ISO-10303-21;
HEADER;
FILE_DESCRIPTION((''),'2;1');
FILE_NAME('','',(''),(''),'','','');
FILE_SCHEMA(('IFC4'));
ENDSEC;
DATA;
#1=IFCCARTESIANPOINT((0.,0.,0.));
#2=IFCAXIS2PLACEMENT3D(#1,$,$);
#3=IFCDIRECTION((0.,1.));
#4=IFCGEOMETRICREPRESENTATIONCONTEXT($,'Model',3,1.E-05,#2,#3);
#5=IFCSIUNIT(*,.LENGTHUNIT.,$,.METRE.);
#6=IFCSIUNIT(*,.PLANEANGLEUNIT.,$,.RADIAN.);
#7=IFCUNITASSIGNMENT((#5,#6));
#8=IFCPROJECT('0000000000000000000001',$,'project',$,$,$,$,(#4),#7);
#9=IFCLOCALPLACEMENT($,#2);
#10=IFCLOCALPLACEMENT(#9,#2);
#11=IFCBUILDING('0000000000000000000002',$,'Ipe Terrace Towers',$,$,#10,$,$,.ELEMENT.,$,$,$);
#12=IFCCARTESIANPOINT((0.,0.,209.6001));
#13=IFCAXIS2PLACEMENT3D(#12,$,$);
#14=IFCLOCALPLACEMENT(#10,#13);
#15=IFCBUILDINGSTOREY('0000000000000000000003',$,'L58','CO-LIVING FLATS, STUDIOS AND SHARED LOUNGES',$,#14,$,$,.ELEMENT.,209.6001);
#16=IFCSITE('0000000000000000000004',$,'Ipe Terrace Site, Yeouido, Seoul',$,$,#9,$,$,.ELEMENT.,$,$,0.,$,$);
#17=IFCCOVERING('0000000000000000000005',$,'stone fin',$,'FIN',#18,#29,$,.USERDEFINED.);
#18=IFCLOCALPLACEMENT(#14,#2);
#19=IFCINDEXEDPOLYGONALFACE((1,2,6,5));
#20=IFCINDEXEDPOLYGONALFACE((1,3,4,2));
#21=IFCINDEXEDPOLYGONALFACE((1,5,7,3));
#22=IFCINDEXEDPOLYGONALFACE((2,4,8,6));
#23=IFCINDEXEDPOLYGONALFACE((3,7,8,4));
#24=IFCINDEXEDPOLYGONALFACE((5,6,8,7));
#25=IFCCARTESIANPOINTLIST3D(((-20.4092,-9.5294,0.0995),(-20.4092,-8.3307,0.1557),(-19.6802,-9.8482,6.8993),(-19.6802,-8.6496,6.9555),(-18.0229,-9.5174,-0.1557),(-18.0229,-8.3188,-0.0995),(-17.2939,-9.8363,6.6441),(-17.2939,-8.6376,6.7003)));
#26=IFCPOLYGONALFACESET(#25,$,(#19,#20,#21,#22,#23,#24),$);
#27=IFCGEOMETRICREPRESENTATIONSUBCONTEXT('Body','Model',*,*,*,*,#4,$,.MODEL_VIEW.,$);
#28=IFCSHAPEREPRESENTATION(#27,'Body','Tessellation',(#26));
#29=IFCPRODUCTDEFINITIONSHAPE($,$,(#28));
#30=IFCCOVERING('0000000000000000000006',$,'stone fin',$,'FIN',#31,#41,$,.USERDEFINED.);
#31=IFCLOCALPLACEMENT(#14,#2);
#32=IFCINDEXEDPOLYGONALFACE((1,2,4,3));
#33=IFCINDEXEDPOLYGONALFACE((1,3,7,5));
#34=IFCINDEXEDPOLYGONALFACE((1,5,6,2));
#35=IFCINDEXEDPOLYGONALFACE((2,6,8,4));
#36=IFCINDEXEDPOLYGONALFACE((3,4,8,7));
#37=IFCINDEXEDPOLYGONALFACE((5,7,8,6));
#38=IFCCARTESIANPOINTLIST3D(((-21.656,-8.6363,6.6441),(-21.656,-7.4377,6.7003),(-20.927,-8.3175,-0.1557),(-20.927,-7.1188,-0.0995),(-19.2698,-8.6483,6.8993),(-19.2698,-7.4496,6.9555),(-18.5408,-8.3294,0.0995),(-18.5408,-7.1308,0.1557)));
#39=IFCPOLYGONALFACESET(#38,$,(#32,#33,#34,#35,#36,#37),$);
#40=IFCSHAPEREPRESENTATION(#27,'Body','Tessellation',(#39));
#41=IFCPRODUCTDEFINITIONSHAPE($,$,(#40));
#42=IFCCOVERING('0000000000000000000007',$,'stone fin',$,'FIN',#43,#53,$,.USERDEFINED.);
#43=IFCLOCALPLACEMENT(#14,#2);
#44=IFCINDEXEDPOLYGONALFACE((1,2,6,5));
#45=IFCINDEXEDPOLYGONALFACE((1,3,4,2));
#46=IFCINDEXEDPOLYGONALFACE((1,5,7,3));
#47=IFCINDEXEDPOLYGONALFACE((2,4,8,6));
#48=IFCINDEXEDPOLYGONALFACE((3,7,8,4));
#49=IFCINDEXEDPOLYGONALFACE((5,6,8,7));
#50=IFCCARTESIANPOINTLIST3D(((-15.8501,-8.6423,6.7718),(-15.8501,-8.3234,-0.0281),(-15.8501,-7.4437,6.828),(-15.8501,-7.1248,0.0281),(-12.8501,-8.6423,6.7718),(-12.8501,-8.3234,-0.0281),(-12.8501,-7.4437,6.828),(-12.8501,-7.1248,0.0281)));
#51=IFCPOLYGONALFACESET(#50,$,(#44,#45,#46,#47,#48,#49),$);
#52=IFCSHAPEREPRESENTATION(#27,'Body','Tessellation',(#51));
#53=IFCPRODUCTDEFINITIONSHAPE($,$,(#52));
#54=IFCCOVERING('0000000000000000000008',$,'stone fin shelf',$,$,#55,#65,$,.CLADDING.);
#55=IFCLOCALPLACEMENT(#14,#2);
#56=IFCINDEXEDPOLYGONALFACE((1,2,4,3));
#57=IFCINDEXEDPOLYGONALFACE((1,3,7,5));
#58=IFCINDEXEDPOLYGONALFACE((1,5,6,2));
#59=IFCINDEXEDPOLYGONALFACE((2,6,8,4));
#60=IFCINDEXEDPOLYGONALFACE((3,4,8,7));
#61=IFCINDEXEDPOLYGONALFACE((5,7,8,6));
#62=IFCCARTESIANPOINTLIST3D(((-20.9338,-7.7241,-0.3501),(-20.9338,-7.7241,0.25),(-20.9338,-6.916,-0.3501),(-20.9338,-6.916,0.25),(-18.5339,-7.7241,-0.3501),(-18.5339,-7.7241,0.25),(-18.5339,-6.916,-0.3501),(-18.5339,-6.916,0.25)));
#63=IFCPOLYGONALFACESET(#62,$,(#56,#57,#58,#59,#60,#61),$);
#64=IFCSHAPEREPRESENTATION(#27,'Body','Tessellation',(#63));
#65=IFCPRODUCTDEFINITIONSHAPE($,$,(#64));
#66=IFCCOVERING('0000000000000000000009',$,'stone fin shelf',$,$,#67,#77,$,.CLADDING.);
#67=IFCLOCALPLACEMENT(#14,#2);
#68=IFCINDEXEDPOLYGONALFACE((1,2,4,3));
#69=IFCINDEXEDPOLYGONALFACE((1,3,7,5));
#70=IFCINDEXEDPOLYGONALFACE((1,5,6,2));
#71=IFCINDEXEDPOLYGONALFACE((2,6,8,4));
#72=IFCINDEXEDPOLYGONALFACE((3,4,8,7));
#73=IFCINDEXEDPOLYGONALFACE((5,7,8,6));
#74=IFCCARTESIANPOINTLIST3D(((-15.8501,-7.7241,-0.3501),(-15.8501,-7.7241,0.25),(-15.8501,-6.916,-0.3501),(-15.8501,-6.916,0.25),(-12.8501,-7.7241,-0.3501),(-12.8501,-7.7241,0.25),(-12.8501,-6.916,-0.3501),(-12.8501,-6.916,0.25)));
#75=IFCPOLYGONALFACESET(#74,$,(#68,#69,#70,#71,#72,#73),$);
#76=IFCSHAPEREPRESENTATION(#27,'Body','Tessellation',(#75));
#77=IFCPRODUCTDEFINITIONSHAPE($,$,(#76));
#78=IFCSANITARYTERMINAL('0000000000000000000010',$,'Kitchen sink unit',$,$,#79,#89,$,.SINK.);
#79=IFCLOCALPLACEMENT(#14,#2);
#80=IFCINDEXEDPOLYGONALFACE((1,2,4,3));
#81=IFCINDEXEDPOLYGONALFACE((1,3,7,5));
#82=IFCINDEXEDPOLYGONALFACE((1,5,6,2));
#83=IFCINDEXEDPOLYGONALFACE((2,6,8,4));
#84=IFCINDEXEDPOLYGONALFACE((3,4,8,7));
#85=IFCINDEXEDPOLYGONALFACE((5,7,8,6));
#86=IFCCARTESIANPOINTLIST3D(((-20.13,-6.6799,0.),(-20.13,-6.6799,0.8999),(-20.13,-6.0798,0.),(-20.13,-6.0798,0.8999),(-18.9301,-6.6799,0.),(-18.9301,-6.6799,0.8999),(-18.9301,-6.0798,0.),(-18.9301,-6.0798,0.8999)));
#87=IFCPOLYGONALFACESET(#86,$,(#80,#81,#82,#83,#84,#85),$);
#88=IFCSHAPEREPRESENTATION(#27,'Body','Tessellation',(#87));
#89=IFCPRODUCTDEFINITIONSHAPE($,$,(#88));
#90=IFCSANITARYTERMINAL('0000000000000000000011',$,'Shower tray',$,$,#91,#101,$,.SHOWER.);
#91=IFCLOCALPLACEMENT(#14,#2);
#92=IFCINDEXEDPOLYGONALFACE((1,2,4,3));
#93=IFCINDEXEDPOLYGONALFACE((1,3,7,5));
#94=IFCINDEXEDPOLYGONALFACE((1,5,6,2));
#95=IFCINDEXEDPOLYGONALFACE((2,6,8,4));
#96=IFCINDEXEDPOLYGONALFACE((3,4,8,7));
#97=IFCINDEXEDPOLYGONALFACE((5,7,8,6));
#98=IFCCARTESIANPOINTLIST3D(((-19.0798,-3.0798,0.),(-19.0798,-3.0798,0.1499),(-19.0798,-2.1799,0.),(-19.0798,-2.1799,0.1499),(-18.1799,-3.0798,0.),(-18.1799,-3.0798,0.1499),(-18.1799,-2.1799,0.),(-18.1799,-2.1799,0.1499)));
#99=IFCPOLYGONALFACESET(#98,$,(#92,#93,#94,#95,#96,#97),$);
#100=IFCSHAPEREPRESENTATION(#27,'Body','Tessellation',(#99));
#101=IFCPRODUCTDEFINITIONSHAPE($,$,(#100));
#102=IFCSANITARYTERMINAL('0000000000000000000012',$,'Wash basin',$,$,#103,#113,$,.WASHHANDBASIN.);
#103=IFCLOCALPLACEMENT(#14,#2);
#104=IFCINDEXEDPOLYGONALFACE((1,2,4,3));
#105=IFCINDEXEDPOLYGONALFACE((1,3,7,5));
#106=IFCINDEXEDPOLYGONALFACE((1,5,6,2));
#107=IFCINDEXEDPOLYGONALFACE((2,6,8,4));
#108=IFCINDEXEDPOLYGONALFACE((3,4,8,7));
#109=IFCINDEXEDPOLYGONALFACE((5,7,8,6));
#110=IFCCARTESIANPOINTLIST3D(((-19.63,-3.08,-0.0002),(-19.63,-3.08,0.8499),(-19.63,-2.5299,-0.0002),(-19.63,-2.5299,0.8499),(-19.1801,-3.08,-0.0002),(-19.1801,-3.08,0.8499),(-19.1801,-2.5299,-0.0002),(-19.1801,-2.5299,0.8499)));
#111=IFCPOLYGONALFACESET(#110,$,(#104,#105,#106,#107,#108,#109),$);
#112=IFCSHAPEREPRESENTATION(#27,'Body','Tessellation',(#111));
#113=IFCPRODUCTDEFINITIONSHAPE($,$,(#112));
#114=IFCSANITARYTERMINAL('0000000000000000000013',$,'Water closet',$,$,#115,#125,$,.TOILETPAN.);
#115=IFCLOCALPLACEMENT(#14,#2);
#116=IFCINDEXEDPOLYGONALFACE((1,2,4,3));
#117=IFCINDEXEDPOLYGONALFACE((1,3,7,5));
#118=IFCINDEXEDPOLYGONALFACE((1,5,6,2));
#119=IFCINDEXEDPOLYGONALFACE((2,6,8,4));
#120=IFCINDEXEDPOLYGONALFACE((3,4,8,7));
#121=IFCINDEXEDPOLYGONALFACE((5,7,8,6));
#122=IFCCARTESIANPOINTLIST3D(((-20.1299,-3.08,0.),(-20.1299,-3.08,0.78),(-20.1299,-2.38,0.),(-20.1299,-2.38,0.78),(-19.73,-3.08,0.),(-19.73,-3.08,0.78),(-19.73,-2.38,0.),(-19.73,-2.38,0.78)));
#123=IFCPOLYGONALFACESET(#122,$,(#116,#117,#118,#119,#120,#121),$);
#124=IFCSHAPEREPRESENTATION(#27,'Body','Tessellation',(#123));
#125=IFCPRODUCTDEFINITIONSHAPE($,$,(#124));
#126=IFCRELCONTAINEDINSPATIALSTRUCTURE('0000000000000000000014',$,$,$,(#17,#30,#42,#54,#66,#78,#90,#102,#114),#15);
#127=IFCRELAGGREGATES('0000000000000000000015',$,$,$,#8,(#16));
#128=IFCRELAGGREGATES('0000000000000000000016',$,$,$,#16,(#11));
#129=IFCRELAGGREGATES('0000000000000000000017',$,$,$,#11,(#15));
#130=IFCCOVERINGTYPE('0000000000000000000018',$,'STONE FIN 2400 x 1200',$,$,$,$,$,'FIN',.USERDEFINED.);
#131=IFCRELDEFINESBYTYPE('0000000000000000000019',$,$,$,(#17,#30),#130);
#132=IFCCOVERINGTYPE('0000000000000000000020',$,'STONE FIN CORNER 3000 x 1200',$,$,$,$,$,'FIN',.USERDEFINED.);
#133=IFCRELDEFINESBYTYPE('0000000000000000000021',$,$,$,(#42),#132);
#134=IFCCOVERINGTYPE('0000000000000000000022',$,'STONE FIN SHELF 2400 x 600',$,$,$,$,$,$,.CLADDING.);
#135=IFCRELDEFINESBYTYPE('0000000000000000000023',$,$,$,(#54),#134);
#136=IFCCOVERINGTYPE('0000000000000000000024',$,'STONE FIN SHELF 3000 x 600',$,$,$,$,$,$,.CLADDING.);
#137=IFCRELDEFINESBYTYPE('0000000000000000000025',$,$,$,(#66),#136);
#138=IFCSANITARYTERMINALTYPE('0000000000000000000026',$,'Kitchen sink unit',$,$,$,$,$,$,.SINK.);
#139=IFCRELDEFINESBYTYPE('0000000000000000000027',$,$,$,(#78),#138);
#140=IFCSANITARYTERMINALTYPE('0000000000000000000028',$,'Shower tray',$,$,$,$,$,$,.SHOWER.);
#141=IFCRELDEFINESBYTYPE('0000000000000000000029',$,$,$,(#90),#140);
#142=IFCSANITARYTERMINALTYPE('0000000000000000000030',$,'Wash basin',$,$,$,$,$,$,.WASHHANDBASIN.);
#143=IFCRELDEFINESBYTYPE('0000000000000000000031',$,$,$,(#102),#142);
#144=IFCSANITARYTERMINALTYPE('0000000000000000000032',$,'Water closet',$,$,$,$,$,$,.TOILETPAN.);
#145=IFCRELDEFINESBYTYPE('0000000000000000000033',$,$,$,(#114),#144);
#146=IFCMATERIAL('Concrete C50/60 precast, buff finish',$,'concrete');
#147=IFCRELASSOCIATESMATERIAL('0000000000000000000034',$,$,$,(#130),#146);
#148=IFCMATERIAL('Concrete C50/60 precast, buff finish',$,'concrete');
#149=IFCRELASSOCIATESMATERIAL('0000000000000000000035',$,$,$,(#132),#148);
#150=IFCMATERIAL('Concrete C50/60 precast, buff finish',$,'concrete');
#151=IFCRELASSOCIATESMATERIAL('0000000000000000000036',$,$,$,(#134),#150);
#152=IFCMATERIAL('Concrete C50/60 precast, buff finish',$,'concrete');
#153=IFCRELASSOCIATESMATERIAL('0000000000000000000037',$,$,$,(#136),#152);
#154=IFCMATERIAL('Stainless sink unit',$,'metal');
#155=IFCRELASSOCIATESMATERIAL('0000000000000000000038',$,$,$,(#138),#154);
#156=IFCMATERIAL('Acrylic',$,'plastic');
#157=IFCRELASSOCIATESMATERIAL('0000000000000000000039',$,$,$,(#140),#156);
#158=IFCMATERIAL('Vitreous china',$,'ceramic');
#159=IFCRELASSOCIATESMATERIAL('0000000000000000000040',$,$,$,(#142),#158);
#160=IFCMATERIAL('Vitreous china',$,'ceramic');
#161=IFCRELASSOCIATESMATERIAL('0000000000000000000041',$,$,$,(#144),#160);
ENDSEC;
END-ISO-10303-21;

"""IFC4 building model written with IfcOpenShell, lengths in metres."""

from ifc_helpers import new_model, si_unit, direction, frame, origin, origin_2d, place, context, subcontext, project, spatial, rectangle, extrude, material, material_profile, profile_set, type_object, element, save


model = new_model("IFC4")

# Units and contexts
model_context = context("Model", 3, precision=1e-05, world=origin(), true_north=direction((0.0, 1.0)))
body_context = subcontext(model_context, "Body", "Model", "MODEL_VIEW")
ifc_project = project(units=[si_unit("LENGTHUNIT", "METRE"), si_unit("PLANEANGLEUNIT", "RADIAN")], contexts=[model_context])

# Site, building, storey
site_placement = place(None, origin())
site = spatial("IfcSite", under=ifc_project, at=site_placement, Name="Ipe Terrace Site, Yeouido, Seoul", CompositionType="ELEMENT", RefElevation=0.0)
building_placement = place(site_placement, origin())
building = spatial("IfcBuilding", under=site, at=building_placement, Name="Ipe Terrace Towers", CompositionType="ELEMENT")
storey_placement = place(building_placement, frame((0.0, 0.0, 209.6001)))
storey = spatial("IfcBuildingStorey", under=building, at=storey_placement, Name="L58", Description="CO-LIVING FLATS, STUDIOS AND SHARED LOUNGES", CompositionType="ELEMENT", Elevation=209.6001)

# Coverings
ifc_material_1 = material(Name="Concrete C50/60 precast, buff finish", Category="concrete")
ifc_material_profile_1 = material_profile(ifc_material_1, rectangle(XDim=2.3999, YDim=1.2, at=origin_2d()), Name="STONE FIN 2400 x 1200")
ifc_profile_set_1 = profile_set([ifc_material_profile_1], Name="Concrete C50/60 precast, buff finish")
covering_type_1 = type_object("IfcCoveringType", Name="STONE FIN 2400 x 1200", ElementType="FIN", PredefinedType="USERDEFINED", material=ifc_profile_set_1)
for number, where, z_axis, x_axis, name in (
    (1, (-19.2161, -8.9241, 0.0), (0.106483, -0.046573, 0.993223), (0.994315, 0.004988, -0.106366), "stone fin"),
    (2, (-19.7339, -7.7241, 0.0), (-0.106483, -0.046573, 0.993223), (0.994315, -0.004988, 0.106366), "stone fin"),
):
    element("IfcCovering", number, at=place(storey_placement, frame(where, z_axis=z_axis, x_axis=x_axis)), inside=storey, type_object=covering_type_1, Name=name, ObjectType="FIN", PredefinedType="USERDEFINED", context=body_context, shape_type="SweptSolid", body=[
        extrude(rectangle(XDim=2.3999, YDim=1.2, at=origin_2d()), origin(), (0.0, 0.0, 1.0), 6.8462),
    ])
ifc_material_2 = material(Name="Concrete C50/60 precast, buff finish", Category="concrete")
ifc_material_profile_2 = material_profile(ifc_material_2, rectangle(XDim=3.0, YDim=1.2, at=origin_2d()), Name="STONE FIN CORNER 3000 x 1200")
ifc_profile_set_2 = profile_set([ifc_material_profile_2], Name="Concrete C50/60 precast, buff finish")
covering_type_2 = type_object("IfcCoveringType", Name="STONE FIN CORNER 3000 x 1200", ElementType="FIN", PredefinedType="USERDEFINED", material=ifc_profile_set_2)
covering_1_placement = place(storey_placement, frame((-14.3501, -7.7241, 0.0), z_axis=(0.0, -0.046839, 0.998902), x_axis=(1.0, 0.0, 0.0)))
element("IfcCovering", 3, at=covering_1_placement, inside=storey, type_object=covering_type_2, Name="stone fin", ObjectType="FIN", PredefinedType="USERDEFINED", context=body_context, shape_type="SweptSolid", body=[
    extrude(rectangle(XDim=3.0, YDim=1.2, at=origin_2d()), origin(), (0.0, 0.0, 1.0), 6.8074),
])
ifc_material_3 = material(Name="Concrete C50/60 precast, buff finish", Category="concrete")
covering_type_3 = type_object("IfcCoveringType", Name="STONE FIN SHELF 2400 x 600", PredefinedType="CLADDING", material=ifc_material_3)
covering_2_placement = place(storey_placement, frame((-19.7339, -7.3201, -0.3501), z_axis=(0.0, 0.0, 1.0), x_axis=(1.0, 0.0, 0.0)))
element("IfcCovering", 4, at=covering_2_placement, inside=storey, type_object=covering_type_3, Name="stone fin shelf", PredefinedType="CLADDING", context=body_context, shape_type="SweptSolid", body=[
    extrude(rectangle(XDim=2.3999, YDim=0.8081, at=origin_2d()), origin(), (0.0, 0.0, 1.0), 0.6001),
])
ifc_material_4 = material(Name="Concrete C50/60 precast, buff finish", Category="concrete")
covering_type_4 = type_object("IfcCoveringType", Name="STONE FIN SHELF 3000 x 600", PredefinedType="CLADDING", material=ifc_material_4)
covering_3_placement = place(storey_placement, frame((-14.3501, -7.3201, -0.3501), z_axis=(0.0, 0.0, 1.0), x_axis=(1.0, 0.0, 0.0)))
element("IfcCovering", 5, at=covering_3_placement, inside=storey, type_object=covering_type_4, Name="stone fin shelf", PredefinedType="CLADDING", context=body_context, shape_type="SweptSolid", body=[
    extrude(rectangle(XDim=3.0, YDim=0.8081, at=origin_2d()), origin(), (0.0, 0.0, 1.0), 0.6001),
])

# Sanitary terminals
ifc_material_5 = material(Name="Stainless sink unit", Category="metal")
sanitary_terminal_type_1 = type_object("IfcSanitaryTerminalType", Name="Kitchen sink unit", PredefinedType="SINK", material=ifc_material_5)
sanitary_terminal_1_placement = place(storey_placement, frame((-19.53, -6.3799, 0.0), z_axis=(0.0, 0.0, 1.0), x_axis=(-1.0, 0.0, 0.0)))
element("IfcSanitaryTerminal", 6, at=sanitary_terminal_1_placement, inside=storey, type_object=sanitary_terminal_type_1, Name="Kitchen sink unit", PredefinedType="SINK", context=body_context, shape_type="SweptSolid", body=[
    extrude(rectangle(XDim=1.2, YDim=0.6001, at=origin_2d()), origin(), (0.0, 0.0, 1.0), 0.8999),
])
ifc_material_6 = material(Name="Acrylic", Category="plastic")
sanitary_terminal_type_2 = type_object("IfcSanitaryTerminalType", Name="Shower tray", PredefinedType="SHOWER", material=ifc_material_6)
sanitary_terminal_2_placement = place(storey_placement, frame((-18.6299, -2.6299, 0.0), z_axis=(0.0, 0.0, 1.0), x_axis=(0.0, 1.0, 0.0)))
element("IfcSanitaryTerminal", 7, at=sanitary_terminal_2_placement, inside=storey, type_object=sanitary_terminal_type_2, Name="Shower tray", PredefinedType="SHOWER", context=body_context, shape_type="SweptSolid", body=[
    extrude(rectangle(XDim=0.8999, YDim=0.8999, at=origin_2d()), origin(), (0.0, 0.0, 1.0), 0.1499),
])
ifc_material_7 = material(Name="Vitreous china", Category="ceramic")
sanitary_terminal_type_3 = type_object("IfcSanitaryTerminalType", Name="Wash basin", PredefinedType="WASHHANDBASIN", material=ifc_material_7)
sanitary_terminal_3_placement = place(storey_placement, frame((-19.405, -2.8049, -0.0002), z_axis=(0.0, 0.0, 1.0), x_axis=(0.0, 1.0, 0.0)))
element("IfcSanitaryTerminal", 8, at=sanitary_terminal_3_placement, inside=storey, type_object=sanitary_terminal_type_3, Name="Wash basin", PredefinedType="WASHHANDBASIN", context=body_context, shape_type="SweptSolid", body=[
    extrude(rectangle(XDim=0.55, YDim=0.45, at=origin_2d()), origin(), (0.0, 0.0, 1.0), 0.8501),
])
ifc_material_8 = material(Name="Vitreous china", Category="ceramic")
sanitary_terminal_type_4 = type_object("IfcSanitaryTerminalType", Name="Water closet", PredefinedType="TOILETPAN", material=ifc_material_8)
sanitary_terminal_4_placement = place(storey_placement, frame((-19.9299, -2.73, 0.0), z_axis=(0.0, 0.0, 1.0), x_axis=(0.0, 1.0, 0.0)))
element("IfcSanitaryTerminal", 9, at=sanitary_terminal_4_placement, inside=storey, type_object=sanitary_terminal_type_4, Name="Water closet", PredefinedType="TOILETPAN", context=body_context, shape_type="SweptSolid", body=[
    extrude(rectangle(XDim=0.7, YDim=0.3999, at=origin_2d()), origin(), (0.0, 0.0, 1.0), 0.78),
])

save(model, "model.ifc")
